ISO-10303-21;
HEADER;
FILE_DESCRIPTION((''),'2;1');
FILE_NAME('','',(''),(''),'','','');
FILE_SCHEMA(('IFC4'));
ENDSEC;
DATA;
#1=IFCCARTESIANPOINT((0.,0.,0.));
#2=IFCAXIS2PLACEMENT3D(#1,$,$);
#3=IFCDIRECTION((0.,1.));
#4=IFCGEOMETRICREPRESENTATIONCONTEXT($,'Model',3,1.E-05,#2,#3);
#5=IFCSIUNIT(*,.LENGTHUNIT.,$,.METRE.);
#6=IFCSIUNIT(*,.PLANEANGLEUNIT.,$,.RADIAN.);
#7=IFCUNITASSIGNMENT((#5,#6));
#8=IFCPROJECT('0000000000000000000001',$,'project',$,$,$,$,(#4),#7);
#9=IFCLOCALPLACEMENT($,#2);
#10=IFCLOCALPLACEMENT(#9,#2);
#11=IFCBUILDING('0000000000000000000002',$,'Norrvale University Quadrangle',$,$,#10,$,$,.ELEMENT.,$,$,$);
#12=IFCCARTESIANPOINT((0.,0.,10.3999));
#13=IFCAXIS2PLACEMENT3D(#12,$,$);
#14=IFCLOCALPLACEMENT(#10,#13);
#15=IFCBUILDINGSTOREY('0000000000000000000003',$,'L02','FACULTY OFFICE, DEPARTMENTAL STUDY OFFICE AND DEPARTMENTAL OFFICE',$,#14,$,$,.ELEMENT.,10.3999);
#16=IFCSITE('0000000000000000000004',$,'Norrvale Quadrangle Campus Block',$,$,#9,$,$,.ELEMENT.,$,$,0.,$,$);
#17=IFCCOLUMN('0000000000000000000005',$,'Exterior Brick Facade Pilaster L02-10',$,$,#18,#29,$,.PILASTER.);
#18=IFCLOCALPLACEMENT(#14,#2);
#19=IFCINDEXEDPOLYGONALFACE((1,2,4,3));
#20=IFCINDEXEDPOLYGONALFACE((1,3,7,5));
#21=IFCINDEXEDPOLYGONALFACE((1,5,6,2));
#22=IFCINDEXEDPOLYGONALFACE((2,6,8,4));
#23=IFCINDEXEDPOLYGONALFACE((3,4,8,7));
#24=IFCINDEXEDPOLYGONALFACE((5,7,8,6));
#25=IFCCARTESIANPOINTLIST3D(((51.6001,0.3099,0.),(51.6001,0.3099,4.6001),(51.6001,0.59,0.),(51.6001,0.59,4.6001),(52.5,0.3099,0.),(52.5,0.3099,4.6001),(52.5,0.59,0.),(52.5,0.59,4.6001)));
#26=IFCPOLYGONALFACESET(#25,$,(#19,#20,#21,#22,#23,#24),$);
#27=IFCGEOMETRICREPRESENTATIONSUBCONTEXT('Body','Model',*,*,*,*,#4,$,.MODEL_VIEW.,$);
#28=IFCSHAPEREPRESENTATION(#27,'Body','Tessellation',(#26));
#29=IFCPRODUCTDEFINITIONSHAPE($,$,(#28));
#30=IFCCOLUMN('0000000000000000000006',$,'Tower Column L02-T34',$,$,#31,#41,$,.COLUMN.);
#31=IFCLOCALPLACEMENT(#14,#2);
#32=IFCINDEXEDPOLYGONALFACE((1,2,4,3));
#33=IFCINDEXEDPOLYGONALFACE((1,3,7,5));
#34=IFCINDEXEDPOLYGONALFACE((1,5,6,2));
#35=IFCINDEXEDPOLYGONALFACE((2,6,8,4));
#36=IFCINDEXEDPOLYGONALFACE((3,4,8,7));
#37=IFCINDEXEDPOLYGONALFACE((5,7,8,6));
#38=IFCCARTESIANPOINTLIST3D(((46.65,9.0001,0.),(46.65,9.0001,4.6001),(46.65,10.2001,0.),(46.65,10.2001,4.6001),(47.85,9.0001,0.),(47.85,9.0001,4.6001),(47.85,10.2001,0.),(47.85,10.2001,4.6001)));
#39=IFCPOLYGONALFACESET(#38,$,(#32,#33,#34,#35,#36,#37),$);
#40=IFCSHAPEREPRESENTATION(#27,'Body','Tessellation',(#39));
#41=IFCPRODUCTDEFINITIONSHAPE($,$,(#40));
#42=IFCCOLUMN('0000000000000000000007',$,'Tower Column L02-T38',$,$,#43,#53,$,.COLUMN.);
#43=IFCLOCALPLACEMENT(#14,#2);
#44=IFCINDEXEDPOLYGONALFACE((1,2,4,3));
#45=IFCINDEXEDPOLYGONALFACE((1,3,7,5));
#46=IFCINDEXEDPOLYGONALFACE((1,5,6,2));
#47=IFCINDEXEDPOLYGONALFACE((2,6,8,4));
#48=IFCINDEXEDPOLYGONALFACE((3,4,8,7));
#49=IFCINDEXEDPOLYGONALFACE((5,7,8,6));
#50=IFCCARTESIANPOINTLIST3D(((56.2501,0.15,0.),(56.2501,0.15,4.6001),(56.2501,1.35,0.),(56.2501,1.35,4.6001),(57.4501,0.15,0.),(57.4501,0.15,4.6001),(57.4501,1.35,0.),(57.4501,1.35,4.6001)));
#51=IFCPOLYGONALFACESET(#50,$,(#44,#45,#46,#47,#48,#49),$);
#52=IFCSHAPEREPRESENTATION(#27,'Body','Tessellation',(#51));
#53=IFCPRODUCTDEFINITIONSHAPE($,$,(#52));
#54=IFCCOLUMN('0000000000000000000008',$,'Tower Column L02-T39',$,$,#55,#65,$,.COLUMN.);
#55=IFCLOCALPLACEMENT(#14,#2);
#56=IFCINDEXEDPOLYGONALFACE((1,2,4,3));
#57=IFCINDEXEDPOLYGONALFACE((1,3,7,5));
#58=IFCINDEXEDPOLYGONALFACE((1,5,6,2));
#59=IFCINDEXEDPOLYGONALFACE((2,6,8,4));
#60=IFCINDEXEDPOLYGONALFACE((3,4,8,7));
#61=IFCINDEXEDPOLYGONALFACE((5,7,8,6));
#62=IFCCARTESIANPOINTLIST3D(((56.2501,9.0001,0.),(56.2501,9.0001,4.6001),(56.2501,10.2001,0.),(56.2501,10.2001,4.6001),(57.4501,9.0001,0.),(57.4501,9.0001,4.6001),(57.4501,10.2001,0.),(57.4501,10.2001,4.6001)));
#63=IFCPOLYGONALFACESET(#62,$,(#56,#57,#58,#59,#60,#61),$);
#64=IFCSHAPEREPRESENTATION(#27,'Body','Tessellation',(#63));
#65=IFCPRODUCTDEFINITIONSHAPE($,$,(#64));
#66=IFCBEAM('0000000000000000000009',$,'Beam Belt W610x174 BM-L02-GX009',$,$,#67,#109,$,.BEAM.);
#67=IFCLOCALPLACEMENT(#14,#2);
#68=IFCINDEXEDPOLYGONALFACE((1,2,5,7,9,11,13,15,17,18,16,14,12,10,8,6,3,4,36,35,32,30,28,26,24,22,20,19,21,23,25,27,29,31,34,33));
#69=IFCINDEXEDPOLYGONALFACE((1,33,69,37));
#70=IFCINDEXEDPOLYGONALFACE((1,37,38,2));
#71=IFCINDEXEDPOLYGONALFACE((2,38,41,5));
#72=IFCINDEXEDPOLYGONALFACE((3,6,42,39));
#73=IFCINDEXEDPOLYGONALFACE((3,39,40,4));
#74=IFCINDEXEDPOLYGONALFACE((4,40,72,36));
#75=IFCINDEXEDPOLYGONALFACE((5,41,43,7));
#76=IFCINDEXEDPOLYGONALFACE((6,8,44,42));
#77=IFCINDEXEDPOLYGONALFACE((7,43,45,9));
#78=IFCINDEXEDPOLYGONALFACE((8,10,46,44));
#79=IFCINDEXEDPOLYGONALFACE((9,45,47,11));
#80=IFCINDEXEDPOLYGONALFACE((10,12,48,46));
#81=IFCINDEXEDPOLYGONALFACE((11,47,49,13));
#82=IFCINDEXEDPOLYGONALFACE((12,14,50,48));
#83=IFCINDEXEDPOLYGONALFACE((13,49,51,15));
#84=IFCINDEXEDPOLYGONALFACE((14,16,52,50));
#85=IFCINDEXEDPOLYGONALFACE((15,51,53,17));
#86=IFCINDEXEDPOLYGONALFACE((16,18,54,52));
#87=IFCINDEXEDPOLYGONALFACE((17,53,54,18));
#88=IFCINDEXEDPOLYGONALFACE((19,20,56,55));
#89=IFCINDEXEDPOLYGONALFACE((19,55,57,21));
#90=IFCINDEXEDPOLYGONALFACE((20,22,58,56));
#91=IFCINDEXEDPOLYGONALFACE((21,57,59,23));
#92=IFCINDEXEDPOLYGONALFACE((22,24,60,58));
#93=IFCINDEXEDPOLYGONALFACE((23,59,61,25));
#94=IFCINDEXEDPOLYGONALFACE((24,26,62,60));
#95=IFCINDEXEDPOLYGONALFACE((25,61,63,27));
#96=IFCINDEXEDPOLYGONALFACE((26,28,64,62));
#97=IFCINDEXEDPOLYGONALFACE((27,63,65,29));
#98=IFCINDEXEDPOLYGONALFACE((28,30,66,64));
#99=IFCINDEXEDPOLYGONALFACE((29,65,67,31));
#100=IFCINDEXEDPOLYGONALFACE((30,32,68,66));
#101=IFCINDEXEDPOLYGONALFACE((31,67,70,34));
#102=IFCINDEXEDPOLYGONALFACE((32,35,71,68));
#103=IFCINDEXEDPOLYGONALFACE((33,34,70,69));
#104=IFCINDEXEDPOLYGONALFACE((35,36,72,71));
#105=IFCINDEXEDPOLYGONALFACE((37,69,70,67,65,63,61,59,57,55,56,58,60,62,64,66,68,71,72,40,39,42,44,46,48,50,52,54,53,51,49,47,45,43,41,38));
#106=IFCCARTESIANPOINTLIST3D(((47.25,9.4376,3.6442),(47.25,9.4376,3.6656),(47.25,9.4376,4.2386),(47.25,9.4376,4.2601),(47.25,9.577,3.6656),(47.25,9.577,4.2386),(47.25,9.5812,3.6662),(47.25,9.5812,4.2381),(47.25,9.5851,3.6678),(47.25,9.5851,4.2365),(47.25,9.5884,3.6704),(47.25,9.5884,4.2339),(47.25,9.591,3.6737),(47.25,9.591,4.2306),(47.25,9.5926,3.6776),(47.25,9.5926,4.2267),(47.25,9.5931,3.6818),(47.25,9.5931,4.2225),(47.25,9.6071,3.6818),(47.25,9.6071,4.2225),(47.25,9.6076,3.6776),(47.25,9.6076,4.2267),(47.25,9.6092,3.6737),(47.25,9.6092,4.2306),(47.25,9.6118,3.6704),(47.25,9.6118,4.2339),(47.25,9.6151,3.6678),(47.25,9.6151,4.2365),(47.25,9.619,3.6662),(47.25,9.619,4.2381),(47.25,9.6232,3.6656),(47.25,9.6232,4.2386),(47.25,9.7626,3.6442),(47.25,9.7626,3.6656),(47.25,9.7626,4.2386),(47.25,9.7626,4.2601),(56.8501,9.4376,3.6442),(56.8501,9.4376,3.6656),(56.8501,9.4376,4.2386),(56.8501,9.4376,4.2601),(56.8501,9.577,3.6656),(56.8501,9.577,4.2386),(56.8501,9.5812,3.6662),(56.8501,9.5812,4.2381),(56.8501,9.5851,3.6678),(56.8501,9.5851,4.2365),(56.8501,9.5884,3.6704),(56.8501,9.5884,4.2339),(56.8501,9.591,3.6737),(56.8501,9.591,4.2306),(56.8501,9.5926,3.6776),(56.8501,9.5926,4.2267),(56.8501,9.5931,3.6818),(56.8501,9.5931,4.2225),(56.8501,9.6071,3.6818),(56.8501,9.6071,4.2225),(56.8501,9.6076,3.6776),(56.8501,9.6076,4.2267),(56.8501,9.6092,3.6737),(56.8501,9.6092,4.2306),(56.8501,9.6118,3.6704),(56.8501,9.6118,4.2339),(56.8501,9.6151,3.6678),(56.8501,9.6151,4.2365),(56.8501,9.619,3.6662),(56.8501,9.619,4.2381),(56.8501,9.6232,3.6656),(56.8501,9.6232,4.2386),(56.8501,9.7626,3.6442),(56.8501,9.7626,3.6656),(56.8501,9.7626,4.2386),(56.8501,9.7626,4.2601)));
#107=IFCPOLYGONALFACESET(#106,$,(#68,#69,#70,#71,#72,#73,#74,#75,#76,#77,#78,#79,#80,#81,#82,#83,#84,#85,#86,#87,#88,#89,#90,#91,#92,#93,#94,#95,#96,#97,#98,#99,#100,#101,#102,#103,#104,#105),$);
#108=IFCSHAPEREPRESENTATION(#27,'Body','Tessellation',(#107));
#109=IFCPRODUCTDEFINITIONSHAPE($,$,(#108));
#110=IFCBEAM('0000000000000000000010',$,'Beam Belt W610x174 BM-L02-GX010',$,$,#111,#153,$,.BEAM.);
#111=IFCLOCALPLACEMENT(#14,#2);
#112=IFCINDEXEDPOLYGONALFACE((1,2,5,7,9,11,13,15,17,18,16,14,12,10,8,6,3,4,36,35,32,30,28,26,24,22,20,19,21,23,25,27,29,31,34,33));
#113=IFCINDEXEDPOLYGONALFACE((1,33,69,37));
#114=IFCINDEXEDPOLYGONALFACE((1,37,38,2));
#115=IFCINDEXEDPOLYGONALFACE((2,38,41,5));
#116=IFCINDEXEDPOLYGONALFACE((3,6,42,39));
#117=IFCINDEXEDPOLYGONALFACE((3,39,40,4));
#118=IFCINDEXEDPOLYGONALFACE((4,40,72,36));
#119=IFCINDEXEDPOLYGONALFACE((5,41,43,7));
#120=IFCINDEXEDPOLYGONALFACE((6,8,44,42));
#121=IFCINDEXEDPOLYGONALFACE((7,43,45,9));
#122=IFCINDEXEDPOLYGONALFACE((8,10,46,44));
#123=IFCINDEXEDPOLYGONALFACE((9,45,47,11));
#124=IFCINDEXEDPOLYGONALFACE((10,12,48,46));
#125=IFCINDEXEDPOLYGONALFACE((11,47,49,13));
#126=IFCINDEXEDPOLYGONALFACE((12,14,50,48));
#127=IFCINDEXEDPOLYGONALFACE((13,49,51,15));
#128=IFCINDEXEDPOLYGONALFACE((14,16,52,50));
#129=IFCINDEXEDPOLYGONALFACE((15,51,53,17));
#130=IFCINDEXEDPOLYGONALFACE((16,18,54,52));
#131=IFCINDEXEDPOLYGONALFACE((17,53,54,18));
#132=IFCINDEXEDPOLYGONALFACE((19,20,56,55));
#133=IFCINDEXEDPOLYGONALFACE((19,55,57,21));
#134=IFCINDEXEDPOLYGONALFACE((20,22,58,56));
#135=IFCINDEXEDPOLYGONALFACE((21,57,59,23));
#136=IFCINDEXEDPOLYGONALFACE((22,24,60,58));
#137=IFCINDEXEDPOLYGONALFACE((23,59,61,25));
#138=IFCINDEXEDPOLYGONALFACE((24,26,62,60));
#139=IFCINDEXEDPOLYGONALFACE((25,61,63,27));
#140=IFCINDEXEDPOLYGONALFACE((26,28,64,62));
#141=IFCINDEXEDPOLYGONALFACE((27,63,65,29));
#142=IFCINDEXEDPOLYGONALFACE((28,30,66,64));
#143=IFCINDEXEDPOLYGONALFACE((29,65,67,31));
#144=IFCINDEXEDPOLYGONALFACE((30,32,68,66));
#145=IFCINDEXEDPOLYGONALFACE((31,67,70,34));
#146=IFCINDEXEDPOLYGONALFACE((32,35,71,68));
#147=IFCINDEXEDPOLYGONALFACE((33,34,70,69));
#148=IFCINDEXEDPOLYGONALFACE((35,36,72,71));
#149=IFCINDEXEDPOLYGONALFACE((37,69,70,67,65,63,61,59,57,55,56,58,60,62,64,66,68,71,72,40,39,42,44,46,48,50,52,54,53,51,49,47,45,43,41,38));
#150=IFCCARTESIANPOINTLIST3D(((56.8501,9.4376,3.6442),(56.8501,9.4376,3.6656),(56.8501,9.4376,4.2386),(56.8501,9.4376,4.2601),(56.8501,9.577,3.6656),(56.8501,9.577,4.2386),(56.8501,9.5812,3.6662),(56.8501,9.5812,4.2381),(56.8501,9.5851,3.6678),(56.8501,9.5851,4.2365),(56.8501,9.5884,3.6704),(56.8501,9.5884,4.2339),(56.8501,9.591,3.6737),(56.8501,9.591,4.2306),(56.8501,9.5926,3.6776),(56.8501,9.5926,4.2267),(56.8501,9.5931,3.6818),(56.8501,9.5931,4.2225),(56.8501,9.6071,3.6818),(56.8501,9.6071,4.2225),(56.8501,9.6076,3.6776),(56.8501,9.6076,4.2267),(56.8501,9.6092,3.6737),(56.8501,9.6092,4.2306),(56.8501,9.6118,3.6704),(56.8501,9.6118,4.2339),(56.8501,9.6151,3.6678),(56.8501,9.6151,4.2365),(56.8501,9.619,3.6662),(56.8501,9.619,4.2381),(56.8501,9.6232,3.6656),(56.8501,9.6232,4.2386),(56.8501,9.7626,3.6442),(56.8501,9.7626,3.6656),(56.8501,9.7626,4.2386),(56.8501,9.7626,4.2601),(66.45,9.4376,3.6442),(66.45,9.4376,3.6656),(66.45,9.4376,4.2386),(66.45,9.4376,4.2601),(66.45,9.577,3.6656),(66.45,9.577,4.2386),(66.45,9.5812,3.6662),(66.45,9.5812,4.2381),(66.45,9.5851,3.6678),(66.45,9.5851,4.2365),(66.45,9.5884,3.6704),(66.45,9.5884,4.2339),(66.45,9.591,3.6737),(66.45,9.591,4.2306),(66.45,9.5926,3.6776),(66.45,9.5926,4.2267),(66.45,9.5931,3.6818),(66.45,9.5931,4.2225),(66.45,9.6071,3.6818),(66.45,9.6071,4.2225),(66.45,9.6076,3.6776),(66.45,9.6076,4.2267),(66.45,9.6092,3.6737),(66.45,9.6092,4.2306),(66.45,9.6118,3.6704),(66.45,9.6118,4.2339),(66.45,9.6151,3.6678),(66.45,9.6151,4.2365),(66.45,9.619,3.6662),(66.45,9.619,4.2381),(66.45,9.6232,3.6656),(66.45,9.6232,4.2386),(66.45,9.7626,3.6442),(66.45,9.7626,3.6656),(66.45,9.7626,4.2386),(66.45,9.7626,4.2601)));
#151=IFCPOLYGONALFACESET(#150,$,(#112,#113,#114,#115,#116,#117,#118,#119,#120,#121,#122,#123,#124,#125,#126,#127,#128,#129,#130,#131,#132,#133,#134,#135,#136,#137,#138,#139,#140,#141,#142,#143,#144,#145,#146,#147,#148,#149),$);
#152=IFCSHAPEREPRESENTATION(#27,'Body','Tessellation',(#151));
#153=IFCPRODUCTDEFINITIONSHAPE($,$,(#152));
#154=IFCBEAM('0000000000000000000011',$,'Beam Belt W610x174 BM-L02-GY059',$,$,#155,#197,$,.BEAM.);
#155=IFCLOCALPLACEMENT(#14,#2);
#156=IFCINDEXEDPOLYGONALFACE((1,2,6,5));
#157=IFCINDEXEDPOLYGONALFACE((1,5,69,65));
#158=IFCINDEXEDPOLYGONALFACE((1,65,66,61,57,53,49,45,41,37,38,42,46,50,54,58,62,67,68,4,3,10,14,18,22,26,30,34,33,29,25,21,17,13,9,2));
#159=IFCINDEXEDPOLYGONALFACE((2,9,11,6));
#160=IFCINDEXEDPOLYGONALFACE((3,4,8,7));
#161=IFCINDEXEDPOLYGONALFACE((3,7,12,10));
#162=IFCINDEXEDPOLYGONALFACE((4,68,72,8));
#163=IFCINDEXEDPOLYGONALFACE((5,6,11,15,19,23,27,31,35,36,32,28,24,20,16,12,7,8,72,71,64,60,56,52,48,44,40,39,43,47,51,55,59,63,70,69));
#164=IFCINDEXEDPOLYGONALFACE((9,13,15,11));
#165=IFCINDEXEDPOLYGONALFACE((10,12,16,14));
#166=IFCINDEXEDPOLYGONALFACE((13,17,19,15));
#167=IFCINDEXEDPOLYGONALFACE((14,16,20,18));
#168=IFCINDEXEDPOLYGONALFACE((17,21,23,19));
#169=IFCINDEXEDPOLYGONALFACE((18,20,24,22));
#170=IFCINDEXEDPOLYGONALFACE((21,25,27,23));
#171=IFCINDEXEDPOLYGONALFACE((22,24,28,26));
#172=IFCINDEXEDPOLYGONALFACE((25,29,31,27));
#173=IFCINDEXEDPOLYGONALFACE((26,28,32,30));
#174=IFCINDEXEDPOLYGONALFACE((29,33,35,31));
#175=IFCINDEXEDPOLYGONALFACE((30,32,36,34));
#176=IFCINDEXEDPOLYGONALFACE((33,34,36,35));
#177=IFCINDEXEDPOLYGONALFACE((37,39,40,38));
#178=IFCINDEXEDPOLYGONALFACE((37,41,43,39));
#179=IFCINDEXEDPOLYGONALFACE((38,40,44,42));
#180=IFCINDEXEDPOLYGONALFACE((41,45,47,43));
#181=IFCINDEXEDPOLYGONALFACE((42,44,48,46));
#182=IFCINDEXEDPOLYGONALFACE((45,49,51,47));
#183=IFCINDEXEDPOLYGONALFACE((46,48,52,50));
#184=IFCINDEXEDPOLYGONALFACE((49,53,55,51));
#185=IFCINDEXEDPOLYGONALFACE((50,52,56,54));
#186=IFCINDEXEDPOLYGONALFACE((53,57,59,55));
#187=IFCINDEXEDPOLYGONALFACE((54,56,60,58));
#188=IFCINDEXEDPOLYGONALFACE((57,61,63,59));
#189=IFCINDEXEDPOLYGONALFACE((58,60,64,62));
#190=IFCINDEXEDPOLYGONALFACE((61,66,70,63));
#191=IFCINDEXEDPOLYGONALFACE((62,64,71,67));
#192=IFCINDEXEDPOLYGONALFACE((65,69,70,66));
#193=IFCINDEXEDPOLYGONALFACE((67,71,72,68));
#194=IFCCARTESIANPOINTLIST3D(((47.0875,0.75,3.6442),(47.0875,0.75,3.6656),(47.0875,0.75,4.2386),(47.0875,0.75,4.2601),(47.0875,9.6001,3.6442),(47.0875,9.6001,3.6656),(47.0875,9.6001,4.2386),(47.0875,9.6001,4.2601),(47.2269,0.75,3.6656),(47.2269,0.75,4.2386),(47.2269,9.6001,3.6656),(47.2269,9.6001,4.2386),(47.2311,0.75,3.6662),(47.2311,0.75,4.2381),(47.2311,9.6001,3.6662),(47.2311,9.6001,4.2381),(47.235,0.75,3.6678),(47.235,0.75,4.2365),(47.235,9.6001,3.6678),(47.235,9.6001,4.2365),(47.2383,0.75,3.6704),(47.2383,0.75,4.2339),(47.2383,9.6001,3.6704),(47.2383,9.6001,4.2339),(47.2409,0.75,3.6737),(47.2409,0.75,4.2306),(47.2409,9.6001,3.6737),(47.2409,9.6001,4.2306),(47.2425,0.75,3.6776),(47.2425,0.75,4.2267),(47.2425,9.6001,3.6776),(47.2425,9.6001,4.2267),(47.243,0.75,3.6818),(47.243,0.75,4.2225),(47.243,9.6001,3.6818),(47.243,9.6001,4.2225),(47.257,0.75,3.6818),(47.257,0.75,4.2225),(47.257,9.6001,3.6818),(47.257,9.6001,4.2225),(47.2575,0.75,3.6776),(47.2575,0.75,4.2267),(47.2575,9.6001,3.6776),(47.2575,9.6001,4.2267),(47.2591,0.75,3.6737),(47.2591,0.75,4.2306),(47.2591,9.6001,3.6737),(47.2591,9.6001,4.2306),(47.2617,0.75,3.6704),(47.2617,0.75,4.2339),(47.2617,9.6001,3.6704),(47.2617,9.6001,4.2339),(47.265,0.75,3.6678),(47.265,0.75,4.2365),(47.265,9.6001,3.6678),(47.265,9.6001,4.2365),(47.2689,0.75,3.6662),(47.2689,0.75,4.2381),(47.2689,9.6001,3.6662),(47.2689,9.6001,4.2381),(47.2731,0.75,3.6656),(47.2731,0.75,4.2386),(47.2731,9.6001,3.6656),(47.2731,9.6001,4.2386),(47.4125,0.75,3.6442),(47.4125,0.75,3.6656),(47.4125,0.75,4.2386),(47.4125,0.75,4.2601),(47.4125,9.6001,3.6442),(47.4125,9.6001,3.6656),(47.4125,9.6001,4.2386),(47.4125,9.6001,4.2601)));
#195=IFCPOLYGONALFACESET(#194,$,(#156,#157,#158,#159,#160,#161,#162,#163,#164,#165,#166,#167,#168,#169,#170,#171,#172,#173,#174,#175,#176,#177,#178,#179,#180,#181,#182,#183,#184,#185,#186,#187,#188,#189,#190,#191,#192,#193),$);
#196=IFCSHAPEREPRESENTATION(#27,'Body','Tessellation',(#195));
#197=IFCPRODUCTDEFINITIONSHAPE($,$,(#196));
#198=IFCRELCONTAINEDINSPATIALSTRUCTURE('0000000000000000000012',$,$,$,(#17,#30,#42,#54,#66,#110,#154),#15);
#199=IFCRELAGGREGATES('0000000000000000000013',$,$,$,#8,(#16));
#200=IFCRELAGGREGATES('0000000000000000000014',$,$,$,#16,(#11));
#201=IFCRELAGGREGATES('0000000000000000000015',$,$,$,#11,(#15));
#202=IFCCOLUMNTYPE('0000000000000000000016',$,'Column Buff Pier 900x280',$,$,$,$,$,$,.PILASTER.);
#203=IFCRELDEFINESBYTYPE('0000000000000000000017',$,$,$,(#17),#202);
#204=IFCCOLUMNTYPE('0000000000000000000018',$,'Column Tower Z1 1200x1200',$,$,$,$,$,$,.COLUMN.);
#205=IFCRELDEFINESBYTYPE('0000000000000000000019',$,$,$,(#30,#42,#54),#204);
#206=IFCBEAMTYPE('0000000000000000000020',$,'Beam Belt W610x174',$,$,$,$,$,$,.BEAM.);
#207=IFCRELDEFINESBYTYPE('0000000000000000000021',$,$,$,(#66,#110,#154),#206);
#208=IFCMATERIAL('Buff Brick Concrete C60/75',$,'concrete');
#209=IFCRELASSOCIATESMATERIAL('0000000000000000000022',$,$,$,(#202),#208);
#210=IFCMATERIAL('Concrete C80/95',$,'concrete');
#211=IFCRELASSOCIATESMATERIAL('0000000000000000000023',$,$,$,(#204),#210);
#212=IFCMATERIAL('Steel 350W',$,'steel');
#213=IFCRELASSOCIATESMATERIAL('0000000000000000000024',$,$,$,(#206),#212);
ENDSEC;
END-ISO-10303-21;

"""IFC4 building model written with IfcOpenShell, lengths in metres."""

from ifc_helpers import new_model, si_unit, direction, frame, origin, origin_2d, place, context, subcontext, project, spatial, rectangle, i_section, extrude, material, material_profile, profile_set, type_object, element, save


model = new_model("IFC4")

# Units and contexts
model_context = context("Model", 3, precision=1e-05, world=origin(), true_north=direction((0.0, 1.0)))
body_context = subcontext(model_context, "Body", "Model", "MODEL_VIEW")
ifc_project = project(units=[si_unit("LENGTHUNIT", "METRE"), si_unit("PLANEANGLEUNIT", "RADIAN")], contexts=[model_context])

# Site, building, storey
site_placement = place(None, origin())
site = spatial("IfcSite", under=ifc_project, at=site_placement, Name="Norrvale Quadrangle Campus Block", CompositionType="ELEMENT", RefElevation=0.0)
building_placement = place(site_placement, origin())
building = spatial("IfcBuilding", under=site, at=building_placement, Name="Norrvale University Quadrangle", CompositionType="ELEMENT")
storey_placement = place(building_placement, frame((0.0, 0.0, 10.3999)))
storey = spatial("IfcBuildingStorey", under=building, at=storey_placement, Name="L02", Description="FACULTY OFFICE, DEPARTMENTAL STUDY OFFICE AND DEPARTMENTAL OFFICE", CompositionType="ELEMENT", Elevation=10.3999)

# Columns
ifc_material_1 = material(Name="Buff Brick Concrete C60/75", Category="concrete")
ifc_material_profile_1 = material_profile(ifc_material_1, rectangle(XDim=0.8999, YDim=0.28, at=origin_2d()), Name="Buff Brick Concrete C60/75")
ifc_profile_set_1 = profile_set([ifc_material_profile_1], Name="Buff Brick Concrete C60/75")
column_type_1 = type_object("IfcColumnType", Name="Column Buff Pier 900x280", PredefinedType="PILASTER", material=ifc_profile_set_1)
column_placement = place(storey_placement, frame((52.05, 0.45, 0.0), z_axis=(0.0, 0.0, 1.0), x_axis=(1.0, 0.0, 0.0)))
element("IfcColumn", 1, at=column_placement, inside=storey, type_object=column_type_1, Name="Exterior Brick Facade Pilaster L02-10", PredefinedType="PILASTER", context=body_context, shape_type="SweptSolid", body=[
    extrude(rectangle(XDim=0.8999, YDim=0.28, at=origin_2d()), origin(), (0.0, 0.0, 1.0), 4.6001),
])
ifc_material_2 = material(Name="Concrete C80/95", Category="concrete")
ifc_material_profile_2 = material_profile(ifc_material_2, rectangle(XDim=1.2, YDim=1.2, at=origin_2d()), Name="Concrete C80/95")
ifc_profile_set_2 = profile_set([ifc_material_profile_2], Name="Concrete C80/95")
column_type_2 = type_object("IfcColumnType", Name="Column Tower Z1 1200x1200", PredefinedType="COLUMN", material=ifc_profile_set_2)
for number, where, z_axis, x_axis, name in (
    (2, (47.25, 9.6001, 0.0), (0.0, 0.0, 1.0), (1.0, 0.0, 0.0), "Tower Column L02-T34"),
    (3, (56.8501, 0.75, 0.0), (0.0, 0.0, 1.0), (1.0, 0.0, 0.0), "Tower Column L02-T38"),
    (4, (56.8501, 9.6001, 0.0), (0.0, 0.0, 1.0), (1.0, 0.0, 0.0), "Tower Column L02-T39"),
):
    element("IfcColumn", number, at=place(storey_placement, frame(where, z_axis=z_axis, x_axis=x_axis)), inside=storey, type_object=column_type_2, Name=name, PredefinedType="COLUMN", context=body_context, shape_type="SweptSolid", body=[
        extrude(rectangle(XDim=1.2, YDim=1.2, at=origin_2d()), origin(), (0.0, 0.0, 1.0), 4.6001),
    ])

# Beams
ifc_material_3 = material(Name="Steel 350W", Category="steel")
ifc_material_profile_3 = material_profile(ifc_material_3, i_section(OverallWidth=0.325, OverallDepth=0.616, WebThickness=0.0139, FlangeThickness=0.0215, FilletRadius=0.0161, at=origin_2d()), Name="Steel 350W")
ifc_profile_set_3 = profile_set([ifc_material_profile_3], Name="Steel 350W")
beam_type_1 = type_object("IfcBeamType", Name="Beam Belt W610x174", PredefinedType="BEAM", material=ifc_profile_set_3)
beam_1_placement = place(storey_placement, frame((47.25, 9.6001, 3.9521), z_axis=(1.0, 0.0, 0.0), x_axis=(0.0, 1.0, 0.0)))
element("IfcBeam", 5, at=beam_1_placement, inside=storey, type_object=beam_type_1, Name="Beam Belt W610x174 BM-L02-GX009", PredefinedType="BEAM", context=body_context, shape_type="SweptSolid", body=[
    extrude(i_section(OverallWidth=0.325, OverallDepth=0.616, WebThickness=0.0139, FlangeThickness=0.0215, FilletRadius=0.0161, at=origin_2d()), origin(), (0.0, 0.0, 1.0), 9.6001),
])
beam_2_placement = place(storey_placement, frame((56.8501, 9.6001, 3.9521), z_axis=(1.0, 0.0, 0.0), x_axis=(0.0, 1.0, 0.0)))
element("IfcBeam", 6, at=beam_2_placement, inside=storey, type_object=beam_type_1, Name="Beam Belt W610x174 BM-L02-GX010", PredefinedType="BEAM", context=body_context, shape_type="SweptSolid", body=[
    extrude(i_section(OverallWidth=0.325, OverallDepth=0.616, WebThickness=0.0139, FlangeThickness=0.0215, FilletRadius=0.0161, at=origin_2d()), origin(), (0.0, 0.0, 1.0), 9.5999),
])
beam_3_placement = place(storey_placement, frame((47.25, 0.75, 3.9521), z_axis=(0.0, 1.0, 0.0), x_axis=(-1.0, 0.0, 0.0)))
element("IfcBeam", 7, at=beam_3_placement, inside=storey, type_object=beam_type_1, Name="Beam Belt W610x174 BM-L02-GY059", PredefinedType="BEAM", context=body_context, shape_type="SweptSolid", body=[
    extrude(i_section(OverallWidth=0.325, OverallDepth=0.616, WebThickness=0.0139, FlangeThickness=0.0215, FilletRadius=0.0161, at=origin_2d()), origin(), (0.0, 0.0, 1.0), 8.8501),
])

save(model, "model.ifc")
